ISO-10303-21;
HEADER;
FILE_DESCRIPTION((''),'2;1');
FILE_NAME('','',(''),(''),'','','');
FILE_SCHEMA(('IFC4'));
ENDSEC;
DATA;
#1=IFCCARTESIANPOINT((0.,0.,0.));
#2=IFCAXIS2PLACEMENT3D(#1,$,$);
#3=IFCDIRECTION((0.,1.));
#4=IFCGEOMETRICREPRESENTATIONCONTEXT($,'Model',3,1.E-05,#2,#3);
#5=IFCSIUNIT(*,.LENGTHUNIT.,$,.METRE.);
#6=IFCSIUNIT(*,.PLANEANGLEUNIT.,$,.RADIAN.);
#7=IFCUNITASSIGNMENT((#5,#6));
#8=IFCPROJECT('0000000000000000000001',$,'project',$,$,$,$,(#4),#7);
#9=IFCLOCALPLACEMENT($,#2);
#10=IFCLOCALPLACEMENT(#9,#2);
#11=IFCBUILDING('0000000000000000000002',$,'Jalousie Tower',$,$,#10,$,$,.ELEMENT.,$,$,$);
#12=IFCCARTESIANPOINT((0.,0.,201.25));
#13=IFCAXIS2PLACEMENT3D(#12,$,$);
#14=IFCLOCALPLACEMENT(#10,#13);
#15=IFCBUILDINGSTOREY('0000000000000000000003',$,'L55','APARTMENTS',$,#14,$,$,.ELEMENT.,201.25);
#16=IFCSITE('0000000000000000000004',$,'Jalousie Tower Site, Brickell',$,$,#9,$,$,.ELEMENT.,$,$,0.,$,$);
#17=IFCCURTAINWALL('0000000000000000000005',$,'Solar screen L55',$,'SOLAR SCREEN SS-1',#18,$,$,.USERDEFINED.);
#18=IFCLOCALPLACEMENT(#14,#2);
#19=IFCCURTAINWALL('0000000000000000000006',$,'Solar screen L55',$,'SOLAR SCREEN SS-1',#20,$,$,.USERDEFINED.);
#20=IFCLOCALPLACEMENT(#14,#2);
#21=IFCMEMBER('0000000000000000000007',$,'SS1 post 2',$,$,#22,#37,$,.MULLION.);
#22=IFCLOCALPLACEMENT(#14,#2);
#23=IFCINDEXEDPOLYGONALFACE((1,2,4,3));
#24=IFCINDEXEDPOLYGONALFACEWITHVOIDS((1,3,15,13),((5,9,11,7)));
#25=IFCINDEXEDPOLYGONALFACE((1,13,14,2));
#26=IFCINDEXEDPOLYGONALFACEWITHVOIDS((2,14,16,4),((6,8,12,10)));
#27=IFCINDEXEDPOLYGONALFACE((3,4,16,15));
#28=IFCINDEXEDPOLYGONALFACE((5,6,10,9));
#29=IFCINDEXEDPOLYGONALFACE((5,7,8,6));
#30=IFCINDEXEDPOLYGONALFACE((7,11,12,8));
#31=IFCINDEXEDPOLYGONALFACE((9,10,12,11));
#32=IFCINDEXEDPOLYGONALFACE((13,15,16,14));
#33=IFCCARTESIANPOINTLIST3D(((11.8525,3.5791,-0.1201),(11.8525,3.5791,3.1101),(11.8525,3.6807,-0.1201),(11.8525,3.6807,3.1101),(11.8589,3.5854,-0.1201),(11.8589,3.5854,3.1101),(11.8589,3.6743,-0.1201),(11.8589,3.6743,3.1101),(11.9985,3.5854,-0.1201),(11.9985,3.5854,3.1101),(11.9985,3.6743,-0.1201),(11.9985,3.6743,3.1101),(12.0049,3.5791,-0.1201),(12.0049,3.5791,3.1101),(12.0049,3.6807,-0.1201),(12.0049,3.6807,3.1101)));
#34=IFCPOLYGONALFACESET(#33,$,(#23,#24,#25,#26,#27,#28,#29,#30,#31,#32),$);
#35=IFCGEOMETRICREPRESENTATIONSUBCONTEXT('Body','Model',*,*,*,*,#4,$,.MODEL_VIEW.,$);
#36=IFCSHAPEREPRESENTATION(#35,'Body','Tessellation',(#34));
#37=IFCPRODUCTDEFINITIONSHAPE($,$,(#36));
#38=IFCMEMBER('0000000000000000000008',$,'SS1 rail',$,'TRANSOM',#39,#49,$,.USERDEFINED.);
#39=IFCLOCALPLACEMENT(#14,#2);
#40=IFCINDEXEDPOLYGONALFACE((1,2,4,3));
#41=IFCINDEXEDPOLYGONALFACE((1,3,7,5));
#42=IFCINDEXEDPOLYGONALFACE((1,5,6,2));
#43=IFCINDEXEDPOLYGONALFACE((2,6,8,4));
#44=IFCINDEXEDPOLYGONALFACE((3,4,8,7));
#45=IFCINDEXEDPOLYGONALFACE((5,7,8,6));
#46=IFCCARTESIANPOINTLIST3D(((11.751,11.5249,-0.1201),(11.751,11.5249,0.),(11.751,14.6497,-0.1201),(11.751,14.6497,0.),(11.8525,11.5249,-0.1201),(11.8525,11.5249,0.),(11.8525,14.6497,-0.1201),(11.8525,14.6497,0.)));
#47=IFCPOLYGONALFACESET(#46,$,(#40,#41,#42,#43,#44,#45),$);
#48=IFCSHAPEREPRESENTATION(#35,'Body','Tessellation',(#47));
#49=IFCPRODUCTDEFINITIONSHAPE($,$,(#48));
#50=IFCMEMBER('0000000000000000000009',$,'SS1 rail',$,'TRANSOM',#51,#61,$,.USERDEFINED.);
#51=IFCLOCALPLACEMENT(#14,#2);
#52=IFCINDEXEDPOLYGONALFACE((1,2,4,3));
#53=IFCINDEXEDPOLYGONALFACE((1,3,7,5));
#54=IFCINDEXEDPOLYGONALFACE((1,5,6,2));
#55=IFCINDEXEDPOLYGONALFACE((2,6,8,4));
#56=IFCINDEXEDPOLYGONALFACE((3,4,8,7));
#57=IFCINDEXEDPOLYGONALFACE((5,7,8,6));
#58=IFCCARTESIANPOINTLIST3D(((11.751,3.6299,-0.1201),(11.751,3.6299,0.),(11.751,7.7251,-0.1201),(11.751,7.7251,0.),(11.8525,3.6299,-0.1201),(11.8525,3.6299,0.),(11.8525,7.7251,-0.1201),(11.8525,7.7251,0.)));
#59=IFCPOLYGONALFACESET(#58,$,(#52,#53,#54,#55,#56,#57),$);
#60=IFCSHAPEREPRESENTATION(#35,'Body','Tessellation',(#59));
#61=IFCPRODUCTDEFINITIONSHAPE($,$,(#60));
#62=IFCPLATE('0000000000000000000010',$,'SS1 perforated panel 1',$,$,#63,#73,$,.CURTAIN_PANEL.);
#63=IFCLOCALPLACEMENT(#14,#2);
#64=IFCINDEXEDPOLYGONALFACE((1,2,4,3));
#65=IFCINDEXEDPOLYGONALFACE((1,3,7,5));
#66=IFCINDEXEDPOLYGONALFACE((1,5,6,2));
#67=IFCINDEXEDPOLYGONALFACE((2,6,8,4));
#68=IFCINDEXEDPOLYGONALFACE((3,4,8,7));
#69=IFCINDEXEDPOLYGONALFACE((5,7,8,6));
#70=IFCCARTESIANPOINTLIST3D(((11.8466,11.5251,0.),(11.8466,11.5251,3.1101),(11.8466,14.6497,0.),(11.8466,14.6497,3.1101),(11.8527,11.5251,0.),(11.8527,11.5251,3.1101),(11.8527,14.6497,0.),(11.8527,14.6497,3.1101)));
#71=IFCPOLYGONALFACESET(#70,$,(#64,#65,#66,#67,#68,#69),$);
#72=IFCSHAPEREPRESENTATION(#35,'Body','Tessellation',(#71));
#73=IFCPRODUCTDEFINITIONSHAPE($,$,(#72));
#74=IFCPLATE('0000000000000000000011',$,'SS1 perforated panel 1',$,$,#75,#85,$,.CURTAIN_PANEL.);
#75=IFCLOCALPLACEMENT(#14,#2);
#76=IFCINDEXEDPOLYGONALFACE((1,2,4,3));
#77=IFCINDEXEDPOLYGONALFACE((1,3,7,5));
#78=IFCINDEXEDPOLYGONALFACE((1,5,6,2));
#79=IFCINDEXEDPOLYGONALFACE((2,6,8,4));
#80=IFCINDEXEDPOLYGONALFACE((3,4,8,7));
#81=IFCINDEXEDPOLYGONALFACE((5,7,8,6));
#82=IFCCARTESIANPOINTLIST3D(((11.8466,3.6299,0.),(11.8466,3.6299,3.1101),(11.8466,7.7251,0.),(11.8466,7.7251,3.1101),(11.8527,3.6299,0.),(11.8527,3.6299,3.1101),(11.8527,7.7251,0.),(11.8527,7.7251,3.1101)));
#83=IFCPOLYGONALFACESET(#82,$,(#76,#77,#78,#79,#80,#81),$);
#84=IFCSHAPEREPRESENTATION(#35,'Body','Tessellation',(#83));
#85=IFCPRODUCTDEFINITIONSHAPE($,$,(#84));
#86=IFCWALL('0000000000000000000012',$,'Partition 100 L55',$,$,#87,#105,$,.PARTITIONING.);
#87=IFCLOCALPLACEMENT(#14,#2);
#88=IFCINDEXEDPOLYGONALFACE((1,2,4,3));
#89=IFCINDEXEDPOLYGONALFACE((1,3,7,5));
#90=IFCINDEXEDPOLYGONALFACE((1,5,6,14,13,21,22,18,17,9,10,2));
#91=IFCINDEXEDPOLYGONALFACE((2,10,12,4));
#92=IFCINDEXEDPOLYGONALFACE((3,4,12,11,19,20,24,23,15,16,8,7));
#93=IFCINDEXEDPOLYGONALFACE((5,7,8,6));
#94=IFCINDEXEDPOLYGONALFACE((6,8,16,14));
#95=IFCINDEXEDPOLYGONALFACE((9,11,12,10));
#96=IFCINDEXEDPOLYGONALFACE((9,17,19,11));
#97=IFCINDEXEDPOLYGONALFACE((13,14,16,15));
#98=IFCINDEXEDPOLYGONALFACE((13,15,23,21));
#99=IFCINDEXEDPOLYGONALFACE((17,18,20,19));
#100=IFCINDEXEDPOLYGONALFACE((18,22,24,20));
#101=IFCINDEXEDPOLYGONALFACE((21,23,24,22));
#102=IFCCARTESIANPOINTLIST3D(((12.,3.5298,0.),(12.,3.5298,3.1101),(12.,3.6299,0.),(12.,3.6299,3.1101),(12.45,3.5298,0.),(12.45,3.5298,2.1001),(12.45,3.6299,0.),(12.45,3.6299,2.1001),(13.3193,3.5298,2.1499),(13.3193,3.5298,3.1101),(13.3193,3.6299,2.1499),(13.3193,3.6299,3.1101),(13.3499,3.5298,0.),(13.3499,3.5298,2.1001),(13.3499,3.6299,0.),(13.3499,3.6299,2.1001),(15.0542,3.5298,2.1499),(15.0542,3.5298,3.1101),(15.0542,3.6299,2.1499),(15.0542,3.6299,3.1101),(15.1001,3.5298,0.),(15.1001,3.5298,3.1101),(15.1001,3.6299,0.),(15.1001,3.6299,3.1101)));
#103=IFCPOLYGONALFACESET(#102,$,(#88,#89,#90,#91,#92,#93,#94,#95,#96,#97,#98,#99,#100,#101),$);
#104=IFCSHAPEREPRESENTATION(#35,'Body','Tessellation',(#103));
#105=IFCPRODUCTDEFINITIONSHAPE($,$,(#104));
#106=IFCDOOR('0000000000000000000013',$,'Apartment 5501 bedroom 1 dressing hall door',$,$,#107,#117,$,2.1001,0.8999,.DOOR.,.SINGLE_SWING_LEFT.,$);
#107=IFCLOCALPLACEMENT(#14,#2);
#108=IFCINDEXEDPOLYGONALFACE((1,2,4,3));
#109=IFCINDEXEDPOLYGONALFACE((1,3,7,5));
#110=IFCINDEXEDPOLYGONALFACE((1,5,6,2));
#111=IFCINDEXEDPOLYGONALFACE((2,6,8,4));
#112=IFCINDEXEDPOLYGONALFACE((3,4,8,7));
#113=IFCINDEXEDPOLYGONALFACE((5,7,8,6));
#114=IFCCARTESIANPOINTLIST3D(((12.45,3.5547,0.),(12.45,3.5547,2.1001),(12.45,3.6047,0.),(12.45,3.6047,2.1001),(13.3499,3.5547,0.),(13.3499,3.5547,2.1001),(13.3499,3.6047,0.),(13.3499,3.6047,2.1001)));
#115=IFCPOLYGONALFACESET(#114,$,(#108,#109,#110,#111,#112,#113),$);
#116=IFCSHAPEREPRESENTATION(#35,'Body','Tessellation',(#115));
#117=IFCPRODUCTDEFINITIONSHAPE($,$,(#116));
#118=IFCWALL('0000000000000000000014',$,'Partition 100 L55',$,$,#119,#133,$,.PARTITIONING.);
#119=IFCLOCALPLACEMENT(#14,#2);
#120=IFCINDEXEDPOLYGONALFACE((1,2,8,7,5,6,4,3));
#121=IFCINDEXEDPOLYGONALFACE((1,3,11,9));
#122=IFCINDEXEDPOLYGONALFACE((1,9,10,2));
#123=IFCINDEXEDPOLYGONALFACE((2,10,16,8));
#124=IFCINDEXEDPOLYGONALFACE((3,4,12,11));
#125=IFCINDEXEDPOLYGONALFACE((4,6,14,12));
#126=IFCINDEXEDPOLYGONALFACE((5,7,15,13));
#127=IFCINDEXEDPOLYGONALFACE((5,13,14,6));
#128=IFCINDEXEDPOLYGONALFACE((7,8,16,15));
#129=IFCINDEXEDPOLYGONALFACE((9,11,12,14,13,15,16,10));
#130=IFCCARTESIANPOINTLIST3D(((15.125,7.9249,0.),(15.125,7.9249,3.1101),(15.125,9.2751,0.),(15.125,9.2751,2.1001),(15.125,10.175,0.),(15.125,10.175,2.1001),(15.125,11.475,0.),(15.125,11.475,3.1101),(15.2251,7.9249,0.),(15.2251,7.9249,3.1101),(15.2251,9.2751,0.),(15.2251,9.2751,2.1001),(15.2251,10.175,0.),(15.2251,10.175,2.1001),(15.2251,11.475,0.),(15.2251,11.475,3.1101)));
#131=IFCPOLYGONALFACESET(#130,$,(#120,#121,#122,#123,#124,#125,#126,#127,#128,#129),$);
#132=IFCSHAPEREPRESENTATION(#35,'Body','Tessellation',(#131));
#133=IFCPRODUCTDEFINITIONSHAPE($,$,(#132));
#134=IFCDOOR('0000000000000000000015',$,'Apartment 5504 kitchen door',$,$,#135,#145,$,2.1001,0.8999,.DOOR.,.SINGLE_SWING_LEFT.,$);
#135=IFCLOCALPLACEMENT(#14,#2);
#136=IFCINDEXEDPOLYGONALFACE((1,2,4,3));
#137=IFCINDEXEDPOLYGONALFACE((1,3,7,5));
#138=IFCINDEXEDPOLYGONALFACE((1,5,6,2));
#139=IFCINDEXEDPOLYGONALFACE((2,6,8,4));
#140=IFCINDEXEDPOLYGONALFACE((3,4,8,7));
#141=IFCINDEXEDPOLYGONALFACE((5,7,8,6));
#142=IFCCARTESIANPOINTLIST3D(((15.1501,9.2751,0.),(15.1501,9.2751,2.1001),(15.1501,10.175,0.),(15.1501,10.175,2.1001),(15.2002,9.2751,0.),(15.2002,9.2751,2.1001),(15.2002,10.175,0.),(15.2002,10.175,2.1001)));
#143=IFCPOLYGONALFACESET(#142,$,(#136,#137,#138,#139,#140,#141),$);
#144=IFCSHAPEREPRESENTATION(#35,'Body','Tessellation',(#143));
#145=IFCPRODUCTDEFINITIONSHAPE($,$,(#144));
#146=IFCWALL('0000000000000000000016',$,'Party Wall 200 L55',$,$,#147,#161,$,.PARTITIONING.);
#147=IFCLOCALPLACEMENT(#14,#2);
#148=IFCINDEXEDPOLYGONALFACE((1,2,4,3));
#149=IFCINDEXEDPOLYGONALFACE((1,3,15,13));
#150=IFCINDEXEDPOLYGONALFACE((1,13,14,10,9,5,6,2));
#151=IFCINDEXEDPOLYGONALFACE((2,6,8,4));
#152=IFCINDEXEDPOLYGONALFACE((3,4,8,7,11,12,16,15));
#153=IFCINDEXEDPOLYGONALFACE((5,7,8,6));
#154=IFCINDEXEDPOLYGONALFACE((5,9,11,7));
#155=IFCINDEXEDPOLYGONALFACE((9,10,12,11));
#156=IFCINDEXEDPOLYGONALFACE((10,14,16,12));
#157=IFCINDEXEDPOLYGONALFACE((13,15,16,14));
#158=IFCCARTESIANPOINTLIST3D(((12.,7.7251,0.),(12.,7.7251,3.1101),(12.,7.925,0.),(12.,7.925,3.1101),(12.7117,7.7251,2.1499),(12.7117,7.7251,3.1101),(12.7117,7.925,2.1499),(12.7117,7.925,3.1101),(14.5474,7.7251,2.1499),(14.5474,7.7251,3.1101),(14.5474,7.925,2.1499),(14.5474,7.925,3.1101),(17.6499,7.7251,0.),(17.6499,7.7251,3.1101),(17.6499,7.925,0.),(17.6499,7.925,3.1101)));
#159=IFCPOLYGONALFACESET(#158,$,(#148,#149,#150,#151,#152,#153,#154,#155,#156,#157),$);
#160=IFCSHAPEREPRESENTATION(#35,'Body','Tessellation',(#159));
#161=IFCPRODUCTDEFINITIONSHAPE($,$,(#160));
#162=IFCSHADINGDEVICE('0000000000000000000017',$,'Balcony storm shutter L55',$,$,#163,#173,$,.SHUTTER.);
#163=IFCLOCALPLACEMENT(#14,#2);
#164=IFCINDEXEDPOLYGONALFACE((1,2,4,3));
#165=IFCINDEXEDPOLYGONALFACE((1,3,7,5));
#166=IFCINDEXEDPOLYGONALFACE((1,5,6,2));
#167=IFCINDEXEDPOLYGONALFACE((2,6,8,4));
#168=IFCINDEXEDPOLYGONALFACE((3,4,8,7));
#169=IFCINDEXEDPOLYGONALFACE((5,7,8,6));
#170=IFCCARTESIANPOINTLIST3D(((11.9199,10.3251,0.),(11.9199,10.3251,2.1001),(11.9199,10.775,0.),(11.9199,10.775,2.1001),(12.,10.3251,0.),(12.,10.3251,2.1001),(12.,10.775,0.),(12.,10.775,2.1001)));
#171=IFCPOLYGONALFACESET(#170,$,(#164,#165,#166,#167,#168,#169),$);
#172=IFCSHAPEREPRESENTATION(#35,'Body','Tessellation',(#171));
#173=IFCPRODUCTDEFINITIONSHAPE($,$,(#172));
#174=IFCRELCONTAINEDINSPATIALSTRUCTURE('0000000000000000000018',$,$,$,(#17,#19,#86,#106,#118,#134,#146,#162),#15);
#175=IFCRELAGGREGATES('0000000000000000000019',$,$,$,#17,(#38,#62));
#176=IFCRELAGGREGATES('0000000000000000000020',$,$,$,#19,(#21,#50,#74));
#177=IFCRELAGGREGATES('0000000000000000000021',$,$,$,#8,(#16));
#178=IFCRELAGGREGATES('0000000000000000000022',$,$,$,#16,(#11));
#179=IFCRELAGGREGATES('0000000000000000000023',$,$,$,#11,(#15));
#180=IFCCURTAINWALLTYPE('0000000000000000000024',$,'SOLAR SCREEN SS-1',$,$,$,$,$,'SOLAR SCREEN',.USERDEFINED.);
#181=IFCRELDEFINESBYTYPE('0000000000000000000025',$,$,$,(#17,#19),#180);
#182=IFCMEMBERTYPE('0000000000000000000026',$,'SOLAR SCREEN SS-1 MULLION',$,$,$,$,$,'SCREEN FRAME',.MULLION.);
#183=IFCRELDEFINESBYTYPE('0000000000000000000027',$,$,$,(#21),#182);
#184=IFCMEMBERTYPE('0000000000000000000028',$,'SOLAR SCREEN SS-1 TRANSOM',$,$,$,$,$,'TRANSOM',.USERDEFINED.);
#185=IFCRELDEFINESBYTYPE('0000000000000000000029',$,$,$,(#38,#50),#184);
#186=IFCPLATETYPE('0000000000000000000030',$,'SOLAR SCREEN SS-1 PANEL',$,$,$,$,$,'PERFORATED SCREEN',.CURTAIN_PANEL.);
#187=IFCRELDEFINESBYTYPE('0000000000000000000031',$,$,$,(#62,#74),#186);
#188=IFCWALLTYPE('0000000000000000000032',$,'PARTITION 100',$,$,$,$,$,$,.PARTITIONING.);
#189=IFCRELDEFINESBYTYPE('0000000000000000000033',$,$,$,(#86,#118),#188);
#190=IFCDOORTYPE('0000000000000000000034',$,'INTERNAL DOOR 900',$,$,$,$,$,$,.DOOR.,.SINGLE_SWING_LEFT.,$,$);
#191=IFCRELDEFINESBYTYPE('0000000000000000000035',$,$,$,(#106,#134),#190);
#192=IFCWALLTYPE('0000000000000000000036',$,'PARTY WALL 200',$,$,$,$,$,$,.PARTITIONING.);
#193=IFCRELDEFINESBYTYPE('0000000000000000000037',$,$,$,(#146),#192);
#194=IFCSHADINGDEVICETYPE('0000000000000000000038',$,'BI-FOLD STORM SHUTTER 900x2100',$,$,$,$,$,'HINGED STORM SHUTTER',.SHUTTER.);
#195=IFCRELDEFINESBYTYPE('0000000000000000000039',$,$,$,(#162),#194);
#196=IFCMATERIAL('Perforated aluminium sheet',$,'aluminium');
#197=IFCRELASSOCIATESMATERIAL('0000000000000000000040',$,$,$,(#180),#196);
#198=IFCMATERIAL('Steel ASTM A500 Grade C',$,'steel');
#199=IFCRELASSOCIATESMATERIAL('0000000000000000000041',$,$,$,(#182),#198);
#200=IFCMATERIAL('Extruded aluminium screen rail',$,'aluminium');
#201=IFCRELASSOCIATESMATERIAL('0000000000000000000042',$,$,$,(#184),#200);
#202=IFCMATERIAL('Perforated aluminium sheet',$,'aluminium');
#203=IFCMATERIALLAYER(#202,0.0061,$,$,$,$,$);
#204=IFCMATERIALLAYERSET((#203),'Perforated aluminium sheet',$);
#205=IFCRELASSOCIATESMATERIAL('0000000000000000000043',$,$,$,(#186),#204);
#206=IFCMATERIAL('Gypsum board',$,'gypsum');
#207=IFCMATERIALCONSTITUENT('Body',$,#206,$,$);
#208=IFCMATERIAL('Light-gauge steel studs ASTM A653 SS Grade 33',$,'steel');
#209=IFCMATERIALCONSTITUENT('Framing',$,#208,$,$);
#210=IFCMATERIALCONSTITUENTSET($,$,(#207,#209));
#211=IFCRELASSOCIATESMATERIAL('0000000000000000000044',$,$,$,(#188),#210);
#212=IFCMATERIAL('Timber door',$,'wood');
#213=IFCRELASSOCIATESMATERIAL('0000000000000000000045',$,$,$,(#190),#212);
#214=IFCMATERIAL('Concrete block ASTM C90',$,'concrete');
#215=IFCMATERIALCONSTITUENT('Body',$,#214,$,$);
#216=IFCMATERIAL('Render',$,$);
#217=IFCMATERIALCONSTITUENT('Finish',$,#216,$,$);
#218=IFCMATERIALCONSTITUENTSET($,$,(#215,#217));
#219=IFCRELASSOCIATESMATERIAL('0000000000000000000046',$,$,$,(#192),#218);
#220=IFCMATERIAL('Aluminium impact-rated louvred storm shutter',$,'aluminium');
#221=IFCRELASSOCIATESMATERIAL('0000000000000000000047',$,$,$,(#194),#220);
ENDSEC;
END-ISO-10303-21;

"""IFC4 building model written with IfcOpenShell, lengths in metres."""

from ifc_helpers import new_model, si_unit, direction, frame, frame_2d, origin, origin_2d, place, context, subcontext, project, spatial, polyline, rectangle, hollow_rectangle, outline, extrude, material, layer, layer_set, constituent, constituent_set, material_profile, profile_set, type_object, element, fill, aggregate, save


model = new_model("IFC4")

# Units and contexts
model_context = context("Model", 3, precision=1e-05, world=origin(), true_north=direction((0.0, 1.0)))
body_context = subcontext(model_context, "Body", "Model", "MODEL_VIEW")
ifc_project = project(units=[si_unit("LENGTHUNIT", "METRE"), si_unit("PLANEANGLEUNIT", "RADIAN")], contexts=[model_context])

# Site, building, storey
site_placement = place(None, origin())
site = spatial("IfcSite", under=ifc_project, at=site_placement, Name="Jalousie Tower Site, Brickell", CompositionType="ELEMENT", RefElevation=0.0)
building_placement = place(site_placement, origin())
building = spatial("IfcBuilding", under=site, at=building_placement, Name="Jalousie Tower", CompositionType="ELEMENT")
storey_placement = place(building_placement, frame((0.0, 0.0, 201.25)))
storey = spatial("IfcBuildingStorey", under=building, at=storey_placement, Name="L55", Description="APARTMENTS", CompositionType="ELEMENT", Elevation=201.25)

# Curtain walls, member
ifc_material_1 = material(Name="Perforated aluminium sheet", Category="aluminium")
curtain_wall_type = type_object("IfcCurtainWallType", Name="SOLAR SCREEN SS-1", ElementType="SOLAR SCREEN", PredefinedType="USERDEFINED", material=ifc_material_1)
curtain_wall_1_placement = place(storey_placement, origin())
curtain_wall_1 = element("IfcCurtainWall", 1, at=curtain_wall_1_placement, inside=storey, type_object=curtain_wall_type, Name="Solar screen L55", ObjectType="SOLAR SCREEN SS-1", PredefinedType="USERDEFINED")
ifc_material_2 = material(Name="Steel ASTM A500 Grade C", Category="steel")
ifc_material_profile_1 = material_profile(ifc_material_2, hollow_rectangle(XDim=0.1016, YDim=0.1523, WallThickness=0.0063, at=origin_2d()), Name="HSS6X4X1/4")
ifc_profile_set_1 = profile_set([ifc_material_profile_1], Name="Steel ASTM A500 Grade C")
member_type_1 = type_object("IfcMemberType", Name="SOLAR SCREEN SS-1 MULLION", ElementType="SCREEN FRAME", PredefinedType="MULLION", material=ifc_profile_set_1)
curtain_wall_2_placement = place(storey_placement, origin())
curtain_wall_2 = element("IfcCurtainWall", 2, at=curtain_wall_2_placement, inside=storey, type_object=curtain_wall_type, Name="Solar screen L55", ObjectType="SOLAR SCREEN SS-1", PredefinedType="USERDEFINED")
member_1_placement = place(storey_placement, frame((11.9287, 3.6299, -0.1201), z_axis=(0.0, 0.0, 1.0), x_axis=(0.0, -1.0, 0.0)))
member_1 = element("IfcMember", 3, at=member_1_placement, type_object=member_type_1, Name="SS1 post 2", PredefinedType="MULLION", context=body_context, shape_type="SweptSolid", body=[
    extrude(hollow_rectangle(XDim=0.1016, YDim=0.1523, WallThickness=0.0063, at=origin_2d()), origin(), (0.0, 0.0, 1.0), 3.2302),
])

# Members
ifc_material_3 = material(Name="Extruded aluminium screen rail", Category="aluminium")
ifc_material_profile_2 = material_profile(ifc_material_3, rectangle(XDim=0.1016, YDim=0.1201, at=origin_2d()), Name="RAIL 102x120")
ifc_profile_set_2 = profile_set([ifc_material_profile_2], Name="Extruded aluminium screen rail")
member_type_2 = type_object("IfcMemberType", Name="SOLAR SCREEN SS-1 TRANSOM", ElementType="TRANSOM", PredefinedType="USERDEFINED", material=ifc_profile_set_2)
member_2_placement = place(storey_placement, frame((11.8018, 14.6497, -0.0601), z_axis=(0.0, -1.0, 0.0), x_axis=(1.0, 0.0, 0.0)))
member_2 = element("IfcMember", 4, at=member_2_placement, type_object=member_type_2, Name="SS1 rail", ObjectType="TRANSOM", PredefinedType="USERDEFINED", context=body_context, shape_type="SweptSolid", body=[
    extrude(rectangle(XDim=0.1016, YDim=0.1201, at=origin_2d()), origin(), (0.0, 0.0, 1.0), 3.1248),
])
member_3_placement = place(storey_placement, frame((11.8018, 7.7251, -0.0601), z_axis=(0.0, -1.0, 0.0), x_axis=(1.0, 0.0, 0.0)))
member_3 = element("IfcMember", 5, at=member_3_placement, type_object=member_type_2, Name="SS1 rail", ObjectType="TRANSOM", PredefinedType="USERDEFINED", context=body_context, shape_type="SweptSolid", body=[
    extrude(rectangle(XDim=0.1016, YDim=0.1201, at=origin_2d()), origin(), (0.0, 0.0, 1.0), 4.0952),
])

# Plates
ifc_material_4 = material(Name="Perforated aluminium sheet", Category="aluminium")
ifc_layer_1 = layer(ifc_material_4, 0.0061)
ifc_layer_set_1 = layer_set([ifc_layer_1], Name="Perforated aluminium sheet")
plate_type = type_object("IfcPlateType", Name="SOLAR SCREEN SS-1 PANEL", ElementType="PERFORATED SCREEN", PredefinedType="CURTAIN_PANEL", material=ifc_layer_set_1)
plate_1_placement = place(storey_placement, frame((11.8496, 13.0874, 0.0), z_axis=(0.0, 0.0, 1.0), x_axis=(0.0, -1.0, 0.0)))
plate_1 = element("IfcPlate", 6, at=plate_1_placement, type_object=plate_type, Name="SS1 perforated panel 1", PredefinedType="CURTAIN_PANEL", context=body_context, shape_type="SweptSolid", body=[
    extrude(rectangle(XDim=3.1245, YDim=0.0061, at=origin_2d()), origin(), (0.0, 0.0, 1.0), 3.1101),
])
aggregate(curtain_wall_1, [member_2, plate_1])
plate_2_placement = place(storey_placement, frame((11.8496, 5.6775, 0.0), z_axis=(0.0, 0.0, 1.0), x_axis=(0.0, -1.0, 0.0)))
plate_2 = element("IfcPlate", 7, at=plate_2_placement, type_object=plate_type, Name="SS1 perforated panel 1", PredefinedType="CURTAIN_PANEL", context=body_context, shape_type="SweptSolid", body=[
    extrude(rectangle(XDim=4.0952, YDim=0.0061, at=origin_2d()), origin(), (0.0, 0.0, 1.0), 3.1101),
])
aggregate(curtain_wall_2, [member_1, member_3, plate_2])

# Walls, openings, doors
ifc_material_5 = material(Name="Gypsum board", Category="gypsum")
ifc_constituent_1 = constituent(ifc_material_5, Name="Body")
ifc_material_6 = material(Name="Light-gauge steel studs ASTM A653 SS Grade 33", Category="steel")
ifc_constituent_2 = constituent(ifc_material_6, Name="Framing")
ifc_constituent_set_1 = constituent_set(constituents=[ifc_constituent_1, ifc_constituent_2])
wall_type_1 = type_object("IfcWallType", Name="PARTITION 100", PredefinedType="PARTITIONING", material=ifc_constituent_set_1)
wall_1_placement = place(storey_placement, frame((12.0, 3.5798, 0.0), z_axis=(0.0, 0.0, 1.0), x_axis=(1.0, 0.0, 0.0)))
wall_1 = element("IfcWall", 8, at=wall_1_placement, inside=storey, type_object=wall_type_1, Name="Partition 100 L55", PredefinedType="PARTITIONING", context=body_context, shape_type="SweptSolid", body=[
    extrude(outline(polyline([(0.0, 0.0), (3.1001, 0.0), (3.1001, 3.1101), (3.0542, 3.1101), (3.0542, 2.1499), (1.3193, 2.1499), (1.3193, 3.1101), (0.0, 3.1101), (0.0, 0.0)])), frame((0.0, 0.05, 0.0), z_axis=(0.0, -1.0, 0.0), x_axis=(1.0, 0.0, 0.0)), (0.0, 0.0, 1.0), 0.1001),
])
opening_1_placement = place(wall_1_placement, frame((0.45, 0.0, 0.0)))
opening_1 = element("IfcOpeningElement", 9, at=opening_1_placement, cuts=wall_1, PredefinedType="OPENING", context=body_context, shape_type="SweptSolid", body=[
    extrude(rectangle(XDim=0.8999, YDim=2.1001, at=frame_2d((0.45, 1.05))), frame((0.0, 0.0601, 0.0), z_axis=(0.0, -1.0, 0.0), x_axis=(1.0, 0.0, 0.0)), (0.0, 0.0, 1.0), 0.1201),
])
ifc_material_7 = material(Name="Timber door", Category="wood")
door_type = type_object("IfcDoorType", Name="INTERNAL DOOR 900", OperationType="SINGLE_SWING_LEFT", PredefinedType="DOOR", material=ifc_material_7)
door_1_placement = place(opening_1_placement, origin())
door_1 = element("IfcDoor", 10, at=door_1_placement, inside=storey, type_object=door_type, Name="Apartment 5501 bedroom 1 dressing hall door", OperationType="SINGLE_SWING_LEFT", OverallHeight=2.1001, OverallWidth=0.8999, PredefinedType="DOOR", context=body_context, shape_type="SweptSolid", body=[
    extrude(rectangle(XDim=0.8999, YDim=2.1001, at=frame_2d((0.45, 1.05))), frame((0.0, 0.0249, 0.0), z_axis=(0.0, -1.0, 0.0), x_axis=(1.0, 0.0, 0.0)), (0.0, 0.0, 1.0), 0.05),
])
fill(opening_1, door_1)
wall_2_placement = place(storey_placement, frame((15.175, 7.925, 0.0), z_axis=(0.0, 0.0, 1.0), x_axis=(0.0, 1.0, 0.0)))
wall_2 = element("IfcWall", 11, at=wall_2_placement, inside=storey, type_object=wall_type_1, Name="Partition 100 L55", PredefinedType="PARTITIONING", context=body_context, shape_type="SweptSolid", body=[
    extrude(rectangle(XDim=3.55, YDim=0.1001, at=frame_2d((1.7749, 0.0))), origin(), (0.0, 0.0, 1.0), 3.1101),
])
opening_2_placement = place(wall_2_placement, frame((1.3501, 0.0, 0.0)))
opening_2 = element("IfcOpeningElement", 12, at=opening_2_placement, cuts=wall_2, PredefinedType="OPENING", context=body_context, shape_type="SweptSolid", body=[
    extrude(rectangle(XDim=0.8999, YDim=2.1001, at=frame_2d((0.45, 1.05))), frame((0.0, 0.0601, 0.0), z_axis=(0.0, -1.0, 0.0), x_axis=(1.0, 0.0, 0.0)), (0.0, 0.0, 1.0), 0.1201),
])
door_2_placement = place(opening_2_placement, origin())
door_2 = element("IfcDoor", 13, at=door_2_placement, inside=storey, type_object=door_type, Name="Apartment 5504 kitchen door", OperationType="SINGLE_SWING_LEFT", OverallHeight=2.1001, OverallWidth=0.8999, PredefinedType="DOOR", context=body_context, shape_type="SweptSolid", body=[
    extrude(rectangle(XDim=0.8999, YDim=2.1001, at=frame_2d((0.45, 1.05))), frame((0.0, 0.0249, 0.0), z_axis=(0.0, -1.0, 0.0), x_axis=(1.0, 0.0, 0.0)), (0.0, 0.0, 1.0), 0.05),
])
fill(opening_2, door_2)

# Wall
ifc_material_8 = material(Name="Concrete block ASTM C90", Category="concrete")
ifc_constituent_3 = constituent(ifc_material_8, Name="Body")
ifc_material_9 = material(Name="Render")
ifc_constituent_4 = constituent(ifc_material_9, Name="Finish")
ifc_constituent_set_2 = constituent_set(constituents=[ifc_constituent_3, ifc_constituent_4])
wall_type_2 = type_object("IfcWallType", Name="PARTY WALL 200", PredefinedType="PARTITIONING", material=ifc_constituent_set_2)
wall_3_placement = place(storey_placement, frame((12.0, 7.825, 0.0), z_axis=(0.0, 0.0, 1.0), x_axis=(1.0, 0.0, 0.0)))
element("IfcWall", 14, at=wall_3_placement, inside=storey, type_object=wall_type_2, Name="Party Wall 200 L55", PredefinedType="PARTITIONING", context=body_context, shape_type="SweptSolid", body=[
    extrude(outline(polyline([(0.0, 0.0), (5.6499, 0.0), (5.6499, 3.1101), (2.5474, 3.1101), (2.5474, 2.1499), (0.7117, 2.1499), (0.7117, 3.1101), (0.0, 3.1101), (0.0, 0.0)])), frame((0.0, 0.1001, 0.0), z_axis=(0.0, -1.0, 0.0), x_axis=(1.0, 0.0, 0.0)), (0.0, 0.0, 1.0), 0.2),
])

# Shading device
ifc_material_10 = material(Name="Aluminium impact-rated louvred storm shutter", Category="aluminium")
shading_device_type_1 = type_object("IfcShadingDeviceType", Name="BI-FOLD STORM SHUTTER 900x2100", ElementType="HINGED STORM SHUTTER", PredefinedType="SHUTTER", material=ifc_material_10)
for number, where, z_axis, x_axis, name in (
    (15, (11.96, 10.55, 0.0), (0.0, 0.0, 1.0), (0.0, -1.0, 0.0), "Balcony storm shutter L55"),
):
    element("IfcShadingDevice", number, at=place(storey_placement, frame(where, z_axis=z_axis, x_axis=x_axis)), inside=storey, type_object=shading_device_type_1, Name=name, PredefinedType="SHUTTER", context=body_context, shape_type="SweptSolid", body=[
        extrude(rectangle(XDim=0.45, YDim=0.0801, at=origin_2d()), origin(), (0.0, 0.0, 1.0), 2.1001),
    ])

save(model, "model.ifc")
